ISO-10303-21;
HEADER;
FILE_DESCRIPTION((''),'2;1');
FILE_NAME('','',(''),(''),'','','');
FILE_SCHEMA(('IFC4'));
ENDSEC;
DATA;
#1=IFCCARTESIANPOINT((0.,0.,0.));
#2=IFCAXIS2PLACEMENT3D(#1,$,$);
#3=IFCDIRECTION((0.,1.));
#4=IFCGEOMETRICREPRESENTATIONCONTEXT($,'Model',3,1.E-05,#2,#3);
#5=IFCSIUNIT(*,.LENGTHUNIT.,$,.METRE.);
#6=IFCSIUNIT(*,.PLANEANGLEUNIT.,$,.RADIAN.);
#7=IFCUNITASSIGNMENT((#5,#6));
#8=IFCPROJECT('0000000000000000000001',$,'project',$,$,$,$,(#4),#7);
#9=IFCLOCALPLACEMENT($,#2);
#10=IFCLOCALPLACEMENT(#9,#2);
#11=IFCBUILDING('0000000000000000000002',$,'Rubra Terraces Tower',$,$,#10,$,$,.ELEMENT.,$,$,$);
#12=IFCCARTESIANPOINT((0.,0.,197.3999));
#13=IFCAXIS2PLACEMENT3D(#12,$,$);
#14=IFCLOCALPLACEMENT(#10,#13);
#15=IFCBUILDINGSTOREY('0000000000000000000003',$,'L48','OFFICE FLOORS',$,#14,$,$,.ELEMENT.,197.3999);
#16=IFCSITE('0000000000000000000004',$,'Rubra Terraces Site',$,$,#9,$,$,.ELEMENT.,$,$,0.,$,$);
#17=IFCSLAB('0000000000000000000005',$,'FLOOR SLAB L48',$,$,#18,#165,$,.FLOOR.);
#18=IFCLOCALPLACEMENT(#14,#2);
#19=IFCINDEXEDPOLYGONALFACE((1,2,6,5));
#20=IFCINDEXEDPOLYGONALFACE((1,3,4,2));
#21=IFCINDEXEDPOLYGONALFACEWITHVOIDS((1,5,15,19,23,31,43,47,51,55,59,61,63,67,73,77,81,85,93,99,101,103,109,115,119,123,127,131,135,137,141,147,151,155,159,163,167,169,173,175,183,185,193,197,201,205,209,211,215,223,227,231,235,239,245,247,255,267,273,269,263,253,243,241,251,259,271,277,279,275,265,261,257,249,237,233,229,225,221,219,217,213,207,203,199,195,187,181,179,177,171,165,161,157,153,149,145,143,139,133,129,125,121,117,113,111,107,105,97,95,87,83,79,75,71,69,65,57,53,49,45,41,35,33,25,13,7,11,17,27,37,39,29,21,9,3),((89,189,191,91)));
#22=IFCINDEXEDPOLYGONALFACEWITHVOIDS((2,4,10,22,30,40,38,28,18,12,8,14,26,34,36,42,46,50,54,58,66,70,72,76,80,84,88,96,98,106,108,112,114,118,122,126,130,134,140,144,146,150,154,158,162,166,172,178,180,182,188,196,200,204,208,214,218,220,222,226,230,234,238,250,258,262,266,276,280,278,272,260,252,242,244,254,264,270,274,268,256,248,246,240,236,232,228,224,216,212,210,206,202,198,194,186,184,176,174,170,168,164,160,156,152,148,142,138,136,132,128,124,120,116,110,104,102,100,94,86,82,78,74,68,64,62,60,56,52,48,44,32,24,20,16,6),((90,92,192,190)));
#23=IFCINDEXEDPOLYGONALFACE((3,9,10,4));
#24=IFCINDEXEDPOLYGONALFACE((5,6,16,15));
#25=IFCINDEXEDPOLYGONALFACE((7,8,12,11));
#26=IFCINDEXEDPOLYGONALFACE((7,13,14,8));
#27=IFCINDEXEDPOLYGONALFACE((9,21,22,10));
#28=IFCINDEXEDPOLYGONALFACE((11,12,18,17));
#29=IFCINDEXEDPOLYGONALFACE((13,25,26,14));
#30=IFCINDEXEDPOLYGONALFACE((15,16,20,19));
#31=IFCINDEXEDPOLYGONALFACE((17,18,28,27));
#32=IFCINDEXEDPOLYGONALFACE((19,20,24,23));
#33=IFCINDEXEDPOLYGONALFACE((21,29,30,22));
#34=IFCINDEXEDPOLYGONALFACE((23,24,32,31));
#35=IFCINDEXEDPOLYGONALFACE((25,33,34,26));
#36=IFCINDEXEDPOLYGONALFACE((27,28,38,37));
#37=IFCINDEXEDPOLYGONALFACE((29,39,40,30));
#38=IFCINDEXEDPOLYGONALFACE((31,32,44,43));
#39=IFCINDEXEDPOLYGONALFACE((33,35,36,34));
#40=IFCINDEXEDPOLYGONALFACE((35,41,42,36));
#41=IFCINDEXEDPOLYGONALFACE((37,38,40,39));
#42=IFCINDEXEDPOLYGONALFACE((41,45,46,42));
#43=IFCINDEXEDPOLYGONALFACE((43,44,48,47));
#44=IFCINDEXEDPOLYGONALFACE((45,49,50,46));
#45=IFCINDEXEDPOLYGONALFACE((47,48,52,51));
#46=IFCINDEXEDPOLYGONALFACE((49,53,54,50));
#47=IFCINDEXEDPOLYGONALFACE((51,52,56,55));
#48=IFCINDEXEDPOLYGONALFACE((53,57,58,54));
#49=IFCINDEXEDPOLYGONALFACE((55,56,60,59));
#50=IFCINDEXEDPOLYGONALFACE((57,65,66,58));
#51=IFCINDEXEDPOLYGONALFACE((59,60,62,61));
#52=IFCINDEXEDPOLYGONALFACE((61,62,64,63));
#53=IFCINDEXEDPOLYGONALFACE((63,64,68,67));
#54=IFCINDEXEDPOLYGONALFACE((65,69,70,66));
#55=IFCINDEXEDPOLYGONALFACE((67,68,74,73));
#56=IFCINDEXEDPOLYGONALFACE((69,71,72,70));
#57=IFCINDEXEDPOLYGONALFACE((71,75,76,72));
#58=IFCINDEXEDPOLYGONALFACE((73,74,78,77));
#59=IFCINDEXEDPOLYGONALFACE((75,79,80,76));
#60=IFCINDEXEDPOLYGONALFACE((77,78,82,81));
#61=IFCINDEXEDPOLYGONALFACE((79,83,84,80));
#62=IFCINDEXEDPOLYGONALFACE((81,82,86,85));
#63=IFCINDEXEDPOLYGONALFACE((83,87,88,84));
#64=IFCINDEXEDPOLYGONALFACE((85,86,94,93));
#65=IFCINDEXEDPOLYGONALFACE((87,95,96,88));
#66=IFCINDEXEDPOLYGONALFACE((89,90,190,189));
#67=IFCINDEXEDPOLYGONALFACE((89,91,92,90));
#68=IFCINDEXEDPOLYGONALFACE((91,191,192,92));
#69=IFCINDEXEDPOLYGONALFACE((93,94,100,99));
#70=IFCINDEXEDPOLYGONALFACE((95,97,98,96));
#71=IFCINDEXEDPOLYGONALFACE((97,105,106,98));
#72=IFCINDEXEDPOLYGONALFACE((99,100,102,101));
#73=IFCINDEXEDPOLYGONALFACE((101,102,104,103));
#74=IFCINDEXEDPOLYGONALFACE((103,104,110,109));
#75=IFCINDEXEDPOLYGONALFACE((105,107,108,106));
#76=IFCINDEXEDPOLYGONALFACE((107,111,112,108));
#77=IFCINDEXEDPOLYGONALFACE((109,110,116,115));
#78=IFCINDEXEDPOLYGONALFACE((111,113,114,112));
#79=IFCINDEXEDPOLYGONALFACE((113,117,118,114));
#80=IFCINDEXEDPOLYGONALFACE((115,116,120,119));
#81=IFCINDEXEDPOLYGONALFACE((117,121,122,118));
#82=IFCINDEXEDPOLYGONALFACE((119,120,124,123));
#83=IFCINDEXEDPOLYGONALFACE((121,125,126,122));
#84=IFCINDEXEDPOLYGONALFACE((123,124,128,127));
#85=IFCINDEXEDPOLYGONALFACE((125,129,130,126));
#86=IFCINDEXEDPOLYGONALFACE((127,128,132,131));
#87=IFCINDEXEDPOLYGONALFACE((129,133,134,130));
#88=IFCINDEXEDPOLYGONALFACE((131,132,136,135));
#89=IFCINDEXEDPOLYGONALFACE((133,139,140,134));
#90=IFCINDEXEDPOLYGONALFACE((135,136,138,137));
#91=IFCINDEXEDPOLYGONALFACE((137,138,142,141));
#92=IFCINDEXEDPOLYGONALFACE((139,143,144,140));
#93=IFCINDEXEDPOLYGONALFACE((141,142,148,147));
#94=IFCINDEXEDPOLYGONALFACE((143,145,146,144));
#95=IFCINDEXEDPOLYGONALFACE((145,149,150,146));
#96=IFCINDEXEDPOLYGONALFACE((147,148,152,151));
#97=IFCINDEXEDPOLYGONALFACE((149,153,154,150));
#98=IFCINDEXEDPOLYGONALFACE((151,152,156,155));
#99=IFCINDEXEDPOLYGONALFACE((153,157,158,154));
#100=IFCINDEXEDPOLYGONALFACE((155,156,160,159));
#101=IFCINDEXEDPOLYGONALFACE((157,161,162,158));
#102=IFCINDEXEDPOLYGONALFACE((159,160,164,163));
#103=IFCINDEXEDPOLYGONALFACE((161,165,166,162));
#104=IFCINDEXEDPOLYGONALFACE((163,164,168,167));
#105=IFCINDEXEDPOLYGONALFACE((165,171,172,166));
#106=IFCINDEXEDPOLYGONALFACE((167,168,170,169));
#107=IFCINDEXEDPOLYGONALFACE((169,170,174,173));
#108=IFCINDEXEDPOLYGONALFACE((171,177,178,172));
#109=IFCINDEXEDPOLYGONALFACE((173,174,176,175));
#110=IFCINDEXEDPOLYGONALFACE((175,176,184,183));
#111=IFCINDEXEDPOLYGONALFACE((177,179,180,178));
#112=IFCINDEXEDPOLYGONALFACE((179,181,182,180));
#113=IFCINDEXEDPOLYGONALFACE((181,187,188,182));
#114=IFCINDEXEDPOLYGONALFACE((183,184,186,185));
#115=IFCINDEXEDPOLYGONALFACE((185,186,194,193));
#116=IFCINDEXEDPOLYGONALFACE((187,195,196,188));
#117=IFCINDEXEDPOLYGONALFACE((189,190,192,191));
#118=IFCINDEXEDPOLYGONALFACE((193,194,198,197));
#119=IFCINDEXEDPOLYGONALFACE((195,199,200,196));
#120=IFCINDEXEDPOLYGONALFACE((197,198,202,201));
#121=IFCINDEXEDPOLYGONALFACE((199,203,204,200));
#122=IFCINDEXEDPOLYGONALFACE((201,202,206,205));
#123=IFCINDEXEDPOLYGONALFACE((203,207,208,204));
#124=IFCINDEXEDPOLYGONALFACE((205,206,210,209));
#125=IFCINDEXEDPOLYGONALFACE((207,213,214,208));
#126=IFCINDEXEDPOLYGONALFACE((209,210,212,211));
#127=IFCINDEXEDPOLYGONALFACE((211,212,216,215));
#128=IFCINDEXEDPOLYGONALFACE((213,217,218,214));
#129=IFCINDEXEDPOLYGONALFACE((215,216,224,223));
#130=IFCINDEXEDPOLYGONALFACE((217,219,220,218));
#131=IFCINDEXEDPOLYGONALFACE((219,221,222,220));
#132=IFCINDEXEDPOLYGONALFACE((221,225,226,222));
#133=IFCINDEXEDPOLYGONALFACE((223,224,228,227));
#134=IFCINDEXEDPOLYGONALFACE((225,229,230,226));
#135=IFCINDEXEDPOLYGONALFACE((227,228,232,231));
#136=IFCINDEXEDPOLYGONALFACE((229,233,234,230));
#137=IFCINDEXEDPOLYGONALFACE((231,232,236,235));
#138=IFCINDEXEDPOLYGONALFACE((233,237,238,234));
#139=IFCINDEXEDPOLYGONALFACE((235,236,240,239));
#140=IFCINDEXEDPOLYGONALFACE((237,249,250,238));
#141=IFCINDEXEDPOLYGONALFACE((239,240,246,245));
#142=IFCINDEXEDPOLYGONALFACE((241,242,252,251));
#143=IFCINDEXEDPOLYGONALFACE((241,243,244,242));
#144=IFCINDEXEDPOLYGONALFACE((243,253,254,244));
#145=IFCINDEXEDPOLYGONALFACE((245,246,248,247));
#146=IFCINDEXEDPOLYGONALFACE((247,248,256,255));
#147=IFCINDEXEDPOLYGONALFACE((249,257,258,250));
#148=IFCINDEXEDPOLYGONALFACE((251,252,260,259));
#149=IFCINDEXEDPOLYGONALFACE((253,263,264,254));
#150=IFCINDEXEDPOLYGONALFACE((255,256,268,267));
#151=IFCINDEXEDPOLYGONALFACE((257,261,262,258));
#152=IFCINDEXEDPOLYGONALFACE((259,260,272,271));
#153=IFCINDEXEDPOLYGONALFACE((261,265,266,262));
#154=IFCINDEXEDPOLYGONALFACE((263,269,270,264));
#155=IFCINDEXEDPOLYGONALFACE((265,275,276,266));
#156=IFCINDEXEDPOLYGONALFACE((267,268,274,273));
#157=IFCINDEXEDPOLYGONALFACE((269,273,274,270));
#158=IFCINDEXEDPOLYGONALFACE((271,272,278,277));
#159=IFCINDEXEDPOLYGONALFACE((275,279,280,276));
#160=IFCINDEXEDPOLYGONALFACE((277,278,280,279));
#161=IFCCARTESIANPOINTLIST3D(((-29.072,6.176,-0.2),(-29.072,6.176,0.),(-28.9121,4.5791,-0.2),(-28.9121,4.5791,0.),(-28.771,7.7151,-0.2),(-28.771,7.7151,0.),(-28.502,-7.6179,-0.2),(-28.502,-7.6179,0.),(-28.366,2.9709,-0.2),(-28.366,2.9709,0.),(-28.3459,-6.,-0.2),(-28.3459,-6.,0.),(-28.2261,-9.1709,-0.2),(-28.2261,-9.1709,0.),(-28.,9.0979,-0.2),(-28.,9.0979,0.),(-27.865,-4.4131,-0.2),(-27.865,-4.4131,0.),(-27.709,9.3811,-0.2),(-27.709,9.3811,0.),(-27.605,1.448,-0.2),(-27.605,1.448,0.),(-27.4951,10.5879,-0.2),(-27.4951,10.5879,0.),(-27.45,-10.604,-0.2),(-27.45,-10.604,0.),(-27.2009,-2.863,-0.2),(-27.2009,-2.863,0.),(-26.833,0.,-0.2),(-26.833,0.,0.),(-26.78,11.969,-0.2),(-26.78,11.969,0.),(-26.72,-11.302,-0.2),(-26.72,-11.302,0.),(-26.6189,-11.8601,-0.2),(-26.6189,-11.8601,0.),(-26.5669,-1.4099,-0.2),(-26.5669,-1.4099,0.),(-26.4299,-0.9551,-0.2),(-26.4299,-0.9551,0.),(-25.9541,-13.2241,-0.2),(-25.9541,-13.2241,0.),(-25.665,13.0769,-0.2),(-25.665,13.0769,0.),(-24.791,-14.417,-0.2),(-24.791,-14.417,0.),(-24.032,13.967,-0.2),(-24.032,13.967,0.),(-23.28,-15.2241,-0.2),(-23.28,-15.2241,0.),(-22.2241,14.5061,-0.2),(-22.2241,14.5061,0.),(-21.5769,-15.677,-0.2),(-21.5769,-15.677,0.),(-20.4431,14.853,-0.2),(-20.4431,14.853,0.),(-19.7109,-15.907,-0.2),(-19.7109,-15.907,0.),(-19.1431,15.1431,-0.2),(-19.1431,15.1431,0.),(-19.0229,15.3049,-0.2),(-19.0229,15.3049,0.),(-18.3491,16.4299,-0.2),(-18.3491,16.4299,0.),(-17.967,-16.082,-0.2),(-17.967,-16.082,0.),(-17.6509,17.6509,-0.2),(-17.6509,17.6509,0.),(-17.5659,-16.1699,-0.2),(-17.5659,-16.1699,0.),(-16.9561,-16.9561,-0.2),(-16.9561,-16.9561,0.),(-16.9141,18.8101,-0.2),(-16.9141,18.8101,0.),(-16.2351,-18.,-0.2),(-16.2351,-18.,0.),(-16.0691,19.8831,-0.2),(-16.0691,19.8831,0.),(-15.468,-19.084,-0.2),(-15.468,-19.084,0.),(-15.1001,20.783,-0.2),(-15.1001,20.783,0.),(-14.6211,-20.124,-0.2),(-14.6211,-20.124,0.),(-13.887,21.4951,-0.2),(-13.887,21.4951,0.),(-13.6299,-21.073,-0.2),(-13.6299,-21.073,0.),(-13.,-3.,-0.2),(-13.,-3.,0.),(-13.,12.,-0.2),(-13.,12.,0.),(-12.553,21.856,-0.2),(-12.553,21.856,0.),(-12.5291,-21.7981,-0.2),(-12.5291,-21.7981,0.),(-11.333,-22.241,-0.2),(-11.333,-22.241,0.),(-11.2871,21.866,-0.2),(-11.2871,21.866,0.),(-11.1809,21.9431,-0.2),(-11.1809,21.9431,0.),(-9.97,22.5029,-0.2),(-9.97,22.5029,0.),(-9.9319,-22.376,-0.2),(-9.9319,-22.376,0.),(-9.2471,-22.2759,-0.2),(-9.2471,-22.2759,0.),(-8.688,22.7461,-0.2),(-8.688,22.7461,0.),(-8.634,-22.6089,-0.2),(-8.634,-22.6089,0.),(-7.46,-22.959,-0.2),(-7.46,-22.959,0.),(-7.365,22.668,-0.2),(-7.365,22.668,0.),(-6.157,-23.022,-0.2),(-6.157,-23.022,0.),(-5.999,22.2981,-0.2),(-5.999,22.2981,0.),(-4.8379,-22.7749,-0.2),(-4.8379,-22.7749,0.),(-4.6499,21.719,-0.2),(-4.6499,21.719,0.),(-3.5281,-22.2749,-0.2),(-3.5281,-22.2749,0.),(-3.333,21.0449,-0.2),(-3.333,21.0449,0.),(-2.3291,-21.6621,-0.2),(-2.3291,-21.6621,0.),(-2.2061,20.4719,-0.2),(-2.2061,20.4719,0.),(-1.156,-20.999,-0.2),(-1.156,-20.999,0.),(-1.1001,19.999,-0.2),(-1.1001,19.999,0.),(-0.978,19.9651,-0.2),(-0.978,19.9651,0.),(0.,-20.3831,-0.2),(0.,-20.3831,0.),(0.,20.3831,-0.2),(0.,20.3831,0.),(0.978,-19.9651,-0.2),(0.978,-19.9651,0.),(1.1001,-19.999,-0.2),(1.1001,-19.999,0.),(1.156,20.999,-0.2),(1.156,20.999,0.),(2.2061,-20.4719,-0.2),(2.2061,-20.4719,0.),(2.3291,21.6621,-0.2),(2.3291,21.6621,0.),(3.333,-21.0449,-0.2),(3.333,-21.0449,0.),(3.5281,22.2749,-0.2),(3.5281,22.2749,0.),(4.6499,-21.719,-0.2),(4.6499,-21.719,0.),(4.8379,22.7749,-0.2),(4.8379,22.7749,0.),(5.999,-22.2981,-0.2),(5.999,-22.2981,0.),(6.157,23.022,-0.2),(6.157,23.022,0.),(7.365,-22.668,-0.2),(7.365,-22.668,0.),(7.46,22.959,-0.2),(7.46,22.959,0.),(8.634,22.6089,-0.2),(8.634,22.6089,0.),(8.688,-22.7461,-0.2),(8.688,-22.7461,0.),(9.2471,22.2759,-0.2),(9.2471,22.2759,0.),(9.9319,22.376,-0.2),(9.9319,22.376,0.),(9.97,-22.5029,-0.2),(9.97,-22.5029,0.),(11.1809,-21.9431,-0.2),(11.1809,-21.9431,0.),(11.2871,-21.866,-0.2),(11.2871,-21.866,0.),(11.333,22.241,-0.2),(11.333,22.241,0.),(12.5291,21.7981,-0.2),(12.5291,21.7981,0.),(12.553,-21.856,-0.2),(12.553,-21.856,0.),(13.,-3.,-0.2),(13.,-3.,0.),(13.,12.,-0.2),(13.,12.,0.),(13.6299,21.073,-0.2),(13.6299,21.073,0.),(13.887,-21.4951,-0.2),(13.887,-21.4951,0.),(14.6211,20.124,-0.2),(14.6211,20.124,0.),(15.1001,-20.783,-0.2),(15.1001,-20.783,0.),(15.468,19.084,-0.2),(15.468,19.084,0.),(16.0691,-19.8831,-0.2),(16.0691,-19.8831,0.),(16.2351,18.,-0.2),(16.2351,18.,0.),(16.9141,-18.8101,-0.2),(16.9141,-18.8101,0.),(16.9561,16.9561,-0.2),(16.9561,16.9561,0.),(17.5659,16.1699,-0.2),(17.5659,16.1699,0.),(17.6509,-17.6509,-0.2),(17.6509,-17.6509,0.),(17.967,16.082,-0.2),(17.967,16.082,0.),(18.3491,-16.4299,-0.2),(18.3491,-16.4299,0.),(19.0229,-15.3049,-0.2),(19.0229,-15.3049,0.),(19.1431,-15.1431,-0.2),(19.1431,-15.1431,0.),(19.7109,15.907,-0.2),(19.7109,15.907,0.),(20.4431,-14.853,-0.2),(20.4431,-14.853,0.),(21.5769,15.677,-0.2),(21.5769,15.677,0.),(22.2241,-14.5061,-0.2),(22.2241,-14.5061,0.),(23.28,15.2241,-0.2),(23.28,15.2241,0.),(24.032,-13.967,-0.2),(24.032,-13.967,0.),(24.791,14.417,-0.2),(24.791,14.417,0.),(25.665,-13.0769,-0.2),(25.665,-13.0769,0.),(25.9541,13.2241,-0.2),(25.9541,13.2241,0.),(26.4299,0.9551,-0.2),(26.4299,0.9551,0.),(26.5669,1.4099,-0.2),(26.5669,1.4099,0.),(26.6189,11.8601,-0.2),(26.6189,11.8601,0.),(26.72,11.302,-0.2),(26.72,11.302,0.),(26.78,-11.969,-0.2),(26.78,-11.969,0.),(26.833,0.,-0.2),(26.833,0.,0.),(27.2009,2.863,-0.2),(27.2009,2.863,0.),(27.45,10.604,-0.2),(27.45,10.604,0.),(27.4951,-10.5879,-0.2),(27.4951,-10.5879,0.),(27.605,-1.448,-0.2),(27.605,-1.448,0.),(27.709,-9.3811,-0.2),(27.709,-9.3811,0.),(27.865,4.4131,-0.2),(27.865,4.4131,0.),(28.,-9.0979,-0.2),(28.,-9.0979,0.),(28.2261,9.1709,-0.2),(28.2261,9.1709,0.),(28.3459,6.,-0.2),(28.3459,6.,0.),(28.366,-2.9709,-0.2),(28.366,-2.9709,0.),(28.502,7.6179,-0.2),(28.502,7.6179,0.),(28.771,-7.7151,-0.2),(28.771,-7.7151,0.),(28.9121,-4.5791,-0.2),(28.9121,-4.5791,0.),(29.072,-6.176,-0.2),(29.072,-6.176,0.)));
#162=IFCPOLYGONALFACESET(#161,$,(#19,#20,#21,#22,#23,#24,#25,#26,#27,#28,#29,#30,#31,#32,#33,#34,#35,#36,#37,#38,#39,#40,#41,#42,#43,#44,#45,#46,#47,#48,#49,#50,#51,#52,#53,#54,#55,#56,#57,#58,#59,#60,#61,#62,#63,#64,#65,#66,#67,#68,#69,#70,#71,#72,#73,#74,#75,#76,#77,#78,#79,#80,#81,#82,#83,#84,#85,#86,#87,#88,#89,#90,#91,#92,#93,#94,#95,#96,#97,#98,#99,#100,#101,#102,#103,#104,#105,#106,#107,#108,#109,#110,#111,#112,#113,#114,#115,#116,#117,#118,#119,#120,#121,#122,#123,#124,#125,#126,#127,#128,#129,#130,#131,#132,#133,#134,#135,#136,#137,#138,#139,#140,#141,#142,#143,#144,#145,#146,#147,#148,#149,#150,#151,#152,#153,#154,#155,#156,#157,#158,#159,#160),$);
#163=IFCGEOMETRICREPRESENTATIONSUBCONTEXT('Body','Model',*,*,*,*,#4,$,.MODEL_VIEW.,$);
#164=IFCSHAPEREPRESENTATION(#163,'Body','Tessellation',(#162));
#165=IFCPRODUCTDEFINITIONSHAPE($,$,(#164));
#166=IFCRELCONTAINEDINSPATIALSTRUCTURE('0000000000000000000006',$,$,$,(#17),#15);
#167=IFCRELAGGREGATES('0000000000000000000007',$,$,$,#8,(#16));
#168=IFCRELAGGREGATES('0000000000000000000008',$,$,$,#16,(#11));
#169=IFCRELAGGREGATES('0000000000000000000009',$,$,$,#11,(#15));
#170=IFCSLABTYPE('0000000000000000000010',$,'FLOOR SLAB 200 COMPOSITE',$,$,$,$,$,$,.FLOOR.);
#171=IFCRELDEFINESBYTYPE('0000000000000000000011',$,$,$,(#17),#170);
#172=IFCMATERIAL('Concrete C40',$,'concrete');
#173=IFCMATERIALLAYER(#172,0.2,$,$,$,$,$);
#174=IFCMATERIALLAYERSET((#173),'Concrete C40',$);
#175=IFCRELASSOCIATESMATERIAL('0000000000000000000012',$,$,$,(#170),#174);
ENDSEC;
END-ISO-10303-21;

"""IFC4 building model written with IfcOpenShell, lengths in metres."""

from ifc_helpers import new_model, si_unit, direction, frame, origin, place, context, subcontext, project, spatial, polyline, outline, extrude, material, layer, layer_set, type_object, element, save


model = new_model("IFC4")

# Units and contexts
model_context = context("Model", 3, precision=1e-05, world=origin(), true_north=direction((0.0, 1.0)))
body_context = subcontext(model_context, "Body", "Model", "MODEL_VIEW")
ifc_project = project(units=[si_unit("LENGTHUNIT", "METRE"), si_unit("PLANEANGLEUNIT", "RADIAN")], contexts=[model_context])

# Site, building, storey
site_placement = place(None, origin())
site = spatial("IfcSite", under=ifc_project, at=site_placement, Name="Rubra Terraces Site", CompositionType="ELEMENT", RefElevation=0.0)
building_placement = place(site_placement, origin())
building = spatial("IfcBuilding", under=site, at=building_placement, Name="Rubra Terraces Tower", CompositionType="ELEMENT")
storey_placement = place(building_placement, frame((0.0, 0.0, 197.3999)))
storey = spatial("IfcBuildingStorey", under=building, at=storey_placement, Name="L48", Description="OFFICE FLOORS", CompositionType="ELEMENT", Elevation=197.3999)

# Slab
ifc_material_1 = material(Name="Concrete C40", Category="concrete")
ifc_layer_1 = layer(ifc_material_1, 0.2)
ifc_layer_set_1 = layer_set([ifc_layer_1], Name="Concrete C40")
slab_type_1 = type_object("IfcSlabType", Name="FLOOR SLAB 200 COMPOSITE", PredefinedType="FLOOR", material=ifc_layer_set_1)
slab_1_placement = place(storey_placement, frame((0.0, 0.0, -0.2)))
element("IfcSlab", 1, at=slab_1_placement, inside=storey, type_object=slab_type_1, Name="FLOOR SLAB L48", PredefinedType="FLOOR", context=body_context, shape_type="SweptSolid", body=[
    extrude(outline(polyline([(-3.5281, -22.2749), (-2.3291, -21.6621), (-1.156, -20.999), (0.0, -20.3831), (0.978, -19.9651), (1.1001, -19.999), (2.2061, -20.4719), (3.333, -21.0449), (4.6499, -21.719), (5.999, -22.2981), (7.365, -22.668), (8.688, -22.7461), (9.97, -22.5029), (11.1809, -21.9431), (11.2871, -21.866), (12.553, -21.856), (13.887, -21.4951), (15.1001, -20.783), (16.0691, -19.8831), (16.9141, -18.8101), (17.6509, -17.6509), (18.3491, -16.4299), (19.0229, -15.3049), (19.1431, -15.1431), (20.4431, -14.853), (22.2241, -14.5061), (24.032, -13.967), (25.665, -13.0769), (26.78, -11.969), (27.4951, -10.5879), (27.709, -9.3811), (28.0, -9.0979), (28.771, -7.7151), (29.072, -6.176), (28.9121, -4.5791), (28.366, -2.9709), (27.605, -1.448), (26.833, 0.0), (26.4299, 0.9551), (26.5669, 1.4099), (27.2009, 2.863), (27.865, 4.4131), (28.3459, 6.0), (28.502, 7.6179), (28.2261, 9.1709), (27.45, 10.604), (26.72, 11.302), (26.6189, 11.8601), (25.9541, 13.2241), (24.791, 14.417), (23.28, 15.2241), (21.5769, 15.677), (19.7109, 15.907), (17.967, 16.082), (17.5659, 16.1699), (16.9561, 16.9561), (16.2351, 18.0), (15.468, 19.084), (14.6211, 20.124), (13.6299, 21.073), (12.5291, 21.7981), (11.333, 22.241), (9.9319, 22.376), (8.489, 22.165), (9.2471, 22.2759), (8.634, 22.6089), (7.46, 22.959), (6.157, 23.022), (4.8379, 22.7749), (3.5281, 22.2749), (2.3291, 21.6621), (1.156, 20.999), (0.0, 20.3831), (-0.978, 19.9651), (-1.1001, 19.999), (-2.2061, 20.4719), (-3.333, 21.0449), (-4.6499, 21.719), (-5.999, 22.2981), (-7.365, 22.668), (-8.688, 22.7461), (-9.97, 22.5029), (-11.1809, 21.9431), (-11.2871, 21.866), (-12.553, 21.856), (-13.887, 21.4951), (-15.1001, 20.783), (-16.0691, 19.8831), (-16.9141, 18.8101), (-17.6509, 17.6509), (-18.3491, 16.4299), (-19.0229, 15.3049), (-19.1431, 15.1431), (-20.4431, 14.853), (-22.2241, 14.5061), (-24.032, 13.967), (-25.665, 13.0769), (-26.78, 11.969), (-27.4951, 10.5879), (-27.709, 9.3811), (-28.0, 9.0979), (-28.771, 7.7151), (-29.072, 6.176), (-28.9121, 4.5791), (-28.366, 2.9709), (-27.605, 1.448), (-26.833, 0.0), (-26.4299, -0.9551), (-26.5669, -1.4099), (-27.2009, -2.863), (-27.865, -4.4131), (-28.3459, -6.0), (-28.502, -7.6179), (-28.2261, -9.1709), (-27.45, -10.604), (-26.72, -11.302), (-26.6189, -11.8601), (-25.9541, -13.2241), (-24.791, -14.417), (-23.28, -15.2241), (-21.5769, -15.677), (-19.7109, -15.907), (-17.967, -16.082), (-17.5659, -16.1699), (-16.9561, -16.9561), (-16.2351, -18.0), (-15.468, -19.084), (-14.6211, -20.124), (-13.6299, -21.073), (-12.5291, -21.7981), (-11.333, -22.241), (-9.9319, -22.376), (-8.489, -22.165), (-9.2471, -22.2759), (-8.634, -22.6089), (-7.46, -22.959), (-6.157, -23.022), (-4.8379, -22.7749), (-3.5281, -22.2749)]), holes=[polyline([(13.0, 12.0), (13.0, -3.0), (-13.0, -3.0), (-13.0, 12.0), (13.0, 12.0)])]), origin(), (0.0, 0.0, 1.0), 0.2),
])

save(model, "model.ifc")
